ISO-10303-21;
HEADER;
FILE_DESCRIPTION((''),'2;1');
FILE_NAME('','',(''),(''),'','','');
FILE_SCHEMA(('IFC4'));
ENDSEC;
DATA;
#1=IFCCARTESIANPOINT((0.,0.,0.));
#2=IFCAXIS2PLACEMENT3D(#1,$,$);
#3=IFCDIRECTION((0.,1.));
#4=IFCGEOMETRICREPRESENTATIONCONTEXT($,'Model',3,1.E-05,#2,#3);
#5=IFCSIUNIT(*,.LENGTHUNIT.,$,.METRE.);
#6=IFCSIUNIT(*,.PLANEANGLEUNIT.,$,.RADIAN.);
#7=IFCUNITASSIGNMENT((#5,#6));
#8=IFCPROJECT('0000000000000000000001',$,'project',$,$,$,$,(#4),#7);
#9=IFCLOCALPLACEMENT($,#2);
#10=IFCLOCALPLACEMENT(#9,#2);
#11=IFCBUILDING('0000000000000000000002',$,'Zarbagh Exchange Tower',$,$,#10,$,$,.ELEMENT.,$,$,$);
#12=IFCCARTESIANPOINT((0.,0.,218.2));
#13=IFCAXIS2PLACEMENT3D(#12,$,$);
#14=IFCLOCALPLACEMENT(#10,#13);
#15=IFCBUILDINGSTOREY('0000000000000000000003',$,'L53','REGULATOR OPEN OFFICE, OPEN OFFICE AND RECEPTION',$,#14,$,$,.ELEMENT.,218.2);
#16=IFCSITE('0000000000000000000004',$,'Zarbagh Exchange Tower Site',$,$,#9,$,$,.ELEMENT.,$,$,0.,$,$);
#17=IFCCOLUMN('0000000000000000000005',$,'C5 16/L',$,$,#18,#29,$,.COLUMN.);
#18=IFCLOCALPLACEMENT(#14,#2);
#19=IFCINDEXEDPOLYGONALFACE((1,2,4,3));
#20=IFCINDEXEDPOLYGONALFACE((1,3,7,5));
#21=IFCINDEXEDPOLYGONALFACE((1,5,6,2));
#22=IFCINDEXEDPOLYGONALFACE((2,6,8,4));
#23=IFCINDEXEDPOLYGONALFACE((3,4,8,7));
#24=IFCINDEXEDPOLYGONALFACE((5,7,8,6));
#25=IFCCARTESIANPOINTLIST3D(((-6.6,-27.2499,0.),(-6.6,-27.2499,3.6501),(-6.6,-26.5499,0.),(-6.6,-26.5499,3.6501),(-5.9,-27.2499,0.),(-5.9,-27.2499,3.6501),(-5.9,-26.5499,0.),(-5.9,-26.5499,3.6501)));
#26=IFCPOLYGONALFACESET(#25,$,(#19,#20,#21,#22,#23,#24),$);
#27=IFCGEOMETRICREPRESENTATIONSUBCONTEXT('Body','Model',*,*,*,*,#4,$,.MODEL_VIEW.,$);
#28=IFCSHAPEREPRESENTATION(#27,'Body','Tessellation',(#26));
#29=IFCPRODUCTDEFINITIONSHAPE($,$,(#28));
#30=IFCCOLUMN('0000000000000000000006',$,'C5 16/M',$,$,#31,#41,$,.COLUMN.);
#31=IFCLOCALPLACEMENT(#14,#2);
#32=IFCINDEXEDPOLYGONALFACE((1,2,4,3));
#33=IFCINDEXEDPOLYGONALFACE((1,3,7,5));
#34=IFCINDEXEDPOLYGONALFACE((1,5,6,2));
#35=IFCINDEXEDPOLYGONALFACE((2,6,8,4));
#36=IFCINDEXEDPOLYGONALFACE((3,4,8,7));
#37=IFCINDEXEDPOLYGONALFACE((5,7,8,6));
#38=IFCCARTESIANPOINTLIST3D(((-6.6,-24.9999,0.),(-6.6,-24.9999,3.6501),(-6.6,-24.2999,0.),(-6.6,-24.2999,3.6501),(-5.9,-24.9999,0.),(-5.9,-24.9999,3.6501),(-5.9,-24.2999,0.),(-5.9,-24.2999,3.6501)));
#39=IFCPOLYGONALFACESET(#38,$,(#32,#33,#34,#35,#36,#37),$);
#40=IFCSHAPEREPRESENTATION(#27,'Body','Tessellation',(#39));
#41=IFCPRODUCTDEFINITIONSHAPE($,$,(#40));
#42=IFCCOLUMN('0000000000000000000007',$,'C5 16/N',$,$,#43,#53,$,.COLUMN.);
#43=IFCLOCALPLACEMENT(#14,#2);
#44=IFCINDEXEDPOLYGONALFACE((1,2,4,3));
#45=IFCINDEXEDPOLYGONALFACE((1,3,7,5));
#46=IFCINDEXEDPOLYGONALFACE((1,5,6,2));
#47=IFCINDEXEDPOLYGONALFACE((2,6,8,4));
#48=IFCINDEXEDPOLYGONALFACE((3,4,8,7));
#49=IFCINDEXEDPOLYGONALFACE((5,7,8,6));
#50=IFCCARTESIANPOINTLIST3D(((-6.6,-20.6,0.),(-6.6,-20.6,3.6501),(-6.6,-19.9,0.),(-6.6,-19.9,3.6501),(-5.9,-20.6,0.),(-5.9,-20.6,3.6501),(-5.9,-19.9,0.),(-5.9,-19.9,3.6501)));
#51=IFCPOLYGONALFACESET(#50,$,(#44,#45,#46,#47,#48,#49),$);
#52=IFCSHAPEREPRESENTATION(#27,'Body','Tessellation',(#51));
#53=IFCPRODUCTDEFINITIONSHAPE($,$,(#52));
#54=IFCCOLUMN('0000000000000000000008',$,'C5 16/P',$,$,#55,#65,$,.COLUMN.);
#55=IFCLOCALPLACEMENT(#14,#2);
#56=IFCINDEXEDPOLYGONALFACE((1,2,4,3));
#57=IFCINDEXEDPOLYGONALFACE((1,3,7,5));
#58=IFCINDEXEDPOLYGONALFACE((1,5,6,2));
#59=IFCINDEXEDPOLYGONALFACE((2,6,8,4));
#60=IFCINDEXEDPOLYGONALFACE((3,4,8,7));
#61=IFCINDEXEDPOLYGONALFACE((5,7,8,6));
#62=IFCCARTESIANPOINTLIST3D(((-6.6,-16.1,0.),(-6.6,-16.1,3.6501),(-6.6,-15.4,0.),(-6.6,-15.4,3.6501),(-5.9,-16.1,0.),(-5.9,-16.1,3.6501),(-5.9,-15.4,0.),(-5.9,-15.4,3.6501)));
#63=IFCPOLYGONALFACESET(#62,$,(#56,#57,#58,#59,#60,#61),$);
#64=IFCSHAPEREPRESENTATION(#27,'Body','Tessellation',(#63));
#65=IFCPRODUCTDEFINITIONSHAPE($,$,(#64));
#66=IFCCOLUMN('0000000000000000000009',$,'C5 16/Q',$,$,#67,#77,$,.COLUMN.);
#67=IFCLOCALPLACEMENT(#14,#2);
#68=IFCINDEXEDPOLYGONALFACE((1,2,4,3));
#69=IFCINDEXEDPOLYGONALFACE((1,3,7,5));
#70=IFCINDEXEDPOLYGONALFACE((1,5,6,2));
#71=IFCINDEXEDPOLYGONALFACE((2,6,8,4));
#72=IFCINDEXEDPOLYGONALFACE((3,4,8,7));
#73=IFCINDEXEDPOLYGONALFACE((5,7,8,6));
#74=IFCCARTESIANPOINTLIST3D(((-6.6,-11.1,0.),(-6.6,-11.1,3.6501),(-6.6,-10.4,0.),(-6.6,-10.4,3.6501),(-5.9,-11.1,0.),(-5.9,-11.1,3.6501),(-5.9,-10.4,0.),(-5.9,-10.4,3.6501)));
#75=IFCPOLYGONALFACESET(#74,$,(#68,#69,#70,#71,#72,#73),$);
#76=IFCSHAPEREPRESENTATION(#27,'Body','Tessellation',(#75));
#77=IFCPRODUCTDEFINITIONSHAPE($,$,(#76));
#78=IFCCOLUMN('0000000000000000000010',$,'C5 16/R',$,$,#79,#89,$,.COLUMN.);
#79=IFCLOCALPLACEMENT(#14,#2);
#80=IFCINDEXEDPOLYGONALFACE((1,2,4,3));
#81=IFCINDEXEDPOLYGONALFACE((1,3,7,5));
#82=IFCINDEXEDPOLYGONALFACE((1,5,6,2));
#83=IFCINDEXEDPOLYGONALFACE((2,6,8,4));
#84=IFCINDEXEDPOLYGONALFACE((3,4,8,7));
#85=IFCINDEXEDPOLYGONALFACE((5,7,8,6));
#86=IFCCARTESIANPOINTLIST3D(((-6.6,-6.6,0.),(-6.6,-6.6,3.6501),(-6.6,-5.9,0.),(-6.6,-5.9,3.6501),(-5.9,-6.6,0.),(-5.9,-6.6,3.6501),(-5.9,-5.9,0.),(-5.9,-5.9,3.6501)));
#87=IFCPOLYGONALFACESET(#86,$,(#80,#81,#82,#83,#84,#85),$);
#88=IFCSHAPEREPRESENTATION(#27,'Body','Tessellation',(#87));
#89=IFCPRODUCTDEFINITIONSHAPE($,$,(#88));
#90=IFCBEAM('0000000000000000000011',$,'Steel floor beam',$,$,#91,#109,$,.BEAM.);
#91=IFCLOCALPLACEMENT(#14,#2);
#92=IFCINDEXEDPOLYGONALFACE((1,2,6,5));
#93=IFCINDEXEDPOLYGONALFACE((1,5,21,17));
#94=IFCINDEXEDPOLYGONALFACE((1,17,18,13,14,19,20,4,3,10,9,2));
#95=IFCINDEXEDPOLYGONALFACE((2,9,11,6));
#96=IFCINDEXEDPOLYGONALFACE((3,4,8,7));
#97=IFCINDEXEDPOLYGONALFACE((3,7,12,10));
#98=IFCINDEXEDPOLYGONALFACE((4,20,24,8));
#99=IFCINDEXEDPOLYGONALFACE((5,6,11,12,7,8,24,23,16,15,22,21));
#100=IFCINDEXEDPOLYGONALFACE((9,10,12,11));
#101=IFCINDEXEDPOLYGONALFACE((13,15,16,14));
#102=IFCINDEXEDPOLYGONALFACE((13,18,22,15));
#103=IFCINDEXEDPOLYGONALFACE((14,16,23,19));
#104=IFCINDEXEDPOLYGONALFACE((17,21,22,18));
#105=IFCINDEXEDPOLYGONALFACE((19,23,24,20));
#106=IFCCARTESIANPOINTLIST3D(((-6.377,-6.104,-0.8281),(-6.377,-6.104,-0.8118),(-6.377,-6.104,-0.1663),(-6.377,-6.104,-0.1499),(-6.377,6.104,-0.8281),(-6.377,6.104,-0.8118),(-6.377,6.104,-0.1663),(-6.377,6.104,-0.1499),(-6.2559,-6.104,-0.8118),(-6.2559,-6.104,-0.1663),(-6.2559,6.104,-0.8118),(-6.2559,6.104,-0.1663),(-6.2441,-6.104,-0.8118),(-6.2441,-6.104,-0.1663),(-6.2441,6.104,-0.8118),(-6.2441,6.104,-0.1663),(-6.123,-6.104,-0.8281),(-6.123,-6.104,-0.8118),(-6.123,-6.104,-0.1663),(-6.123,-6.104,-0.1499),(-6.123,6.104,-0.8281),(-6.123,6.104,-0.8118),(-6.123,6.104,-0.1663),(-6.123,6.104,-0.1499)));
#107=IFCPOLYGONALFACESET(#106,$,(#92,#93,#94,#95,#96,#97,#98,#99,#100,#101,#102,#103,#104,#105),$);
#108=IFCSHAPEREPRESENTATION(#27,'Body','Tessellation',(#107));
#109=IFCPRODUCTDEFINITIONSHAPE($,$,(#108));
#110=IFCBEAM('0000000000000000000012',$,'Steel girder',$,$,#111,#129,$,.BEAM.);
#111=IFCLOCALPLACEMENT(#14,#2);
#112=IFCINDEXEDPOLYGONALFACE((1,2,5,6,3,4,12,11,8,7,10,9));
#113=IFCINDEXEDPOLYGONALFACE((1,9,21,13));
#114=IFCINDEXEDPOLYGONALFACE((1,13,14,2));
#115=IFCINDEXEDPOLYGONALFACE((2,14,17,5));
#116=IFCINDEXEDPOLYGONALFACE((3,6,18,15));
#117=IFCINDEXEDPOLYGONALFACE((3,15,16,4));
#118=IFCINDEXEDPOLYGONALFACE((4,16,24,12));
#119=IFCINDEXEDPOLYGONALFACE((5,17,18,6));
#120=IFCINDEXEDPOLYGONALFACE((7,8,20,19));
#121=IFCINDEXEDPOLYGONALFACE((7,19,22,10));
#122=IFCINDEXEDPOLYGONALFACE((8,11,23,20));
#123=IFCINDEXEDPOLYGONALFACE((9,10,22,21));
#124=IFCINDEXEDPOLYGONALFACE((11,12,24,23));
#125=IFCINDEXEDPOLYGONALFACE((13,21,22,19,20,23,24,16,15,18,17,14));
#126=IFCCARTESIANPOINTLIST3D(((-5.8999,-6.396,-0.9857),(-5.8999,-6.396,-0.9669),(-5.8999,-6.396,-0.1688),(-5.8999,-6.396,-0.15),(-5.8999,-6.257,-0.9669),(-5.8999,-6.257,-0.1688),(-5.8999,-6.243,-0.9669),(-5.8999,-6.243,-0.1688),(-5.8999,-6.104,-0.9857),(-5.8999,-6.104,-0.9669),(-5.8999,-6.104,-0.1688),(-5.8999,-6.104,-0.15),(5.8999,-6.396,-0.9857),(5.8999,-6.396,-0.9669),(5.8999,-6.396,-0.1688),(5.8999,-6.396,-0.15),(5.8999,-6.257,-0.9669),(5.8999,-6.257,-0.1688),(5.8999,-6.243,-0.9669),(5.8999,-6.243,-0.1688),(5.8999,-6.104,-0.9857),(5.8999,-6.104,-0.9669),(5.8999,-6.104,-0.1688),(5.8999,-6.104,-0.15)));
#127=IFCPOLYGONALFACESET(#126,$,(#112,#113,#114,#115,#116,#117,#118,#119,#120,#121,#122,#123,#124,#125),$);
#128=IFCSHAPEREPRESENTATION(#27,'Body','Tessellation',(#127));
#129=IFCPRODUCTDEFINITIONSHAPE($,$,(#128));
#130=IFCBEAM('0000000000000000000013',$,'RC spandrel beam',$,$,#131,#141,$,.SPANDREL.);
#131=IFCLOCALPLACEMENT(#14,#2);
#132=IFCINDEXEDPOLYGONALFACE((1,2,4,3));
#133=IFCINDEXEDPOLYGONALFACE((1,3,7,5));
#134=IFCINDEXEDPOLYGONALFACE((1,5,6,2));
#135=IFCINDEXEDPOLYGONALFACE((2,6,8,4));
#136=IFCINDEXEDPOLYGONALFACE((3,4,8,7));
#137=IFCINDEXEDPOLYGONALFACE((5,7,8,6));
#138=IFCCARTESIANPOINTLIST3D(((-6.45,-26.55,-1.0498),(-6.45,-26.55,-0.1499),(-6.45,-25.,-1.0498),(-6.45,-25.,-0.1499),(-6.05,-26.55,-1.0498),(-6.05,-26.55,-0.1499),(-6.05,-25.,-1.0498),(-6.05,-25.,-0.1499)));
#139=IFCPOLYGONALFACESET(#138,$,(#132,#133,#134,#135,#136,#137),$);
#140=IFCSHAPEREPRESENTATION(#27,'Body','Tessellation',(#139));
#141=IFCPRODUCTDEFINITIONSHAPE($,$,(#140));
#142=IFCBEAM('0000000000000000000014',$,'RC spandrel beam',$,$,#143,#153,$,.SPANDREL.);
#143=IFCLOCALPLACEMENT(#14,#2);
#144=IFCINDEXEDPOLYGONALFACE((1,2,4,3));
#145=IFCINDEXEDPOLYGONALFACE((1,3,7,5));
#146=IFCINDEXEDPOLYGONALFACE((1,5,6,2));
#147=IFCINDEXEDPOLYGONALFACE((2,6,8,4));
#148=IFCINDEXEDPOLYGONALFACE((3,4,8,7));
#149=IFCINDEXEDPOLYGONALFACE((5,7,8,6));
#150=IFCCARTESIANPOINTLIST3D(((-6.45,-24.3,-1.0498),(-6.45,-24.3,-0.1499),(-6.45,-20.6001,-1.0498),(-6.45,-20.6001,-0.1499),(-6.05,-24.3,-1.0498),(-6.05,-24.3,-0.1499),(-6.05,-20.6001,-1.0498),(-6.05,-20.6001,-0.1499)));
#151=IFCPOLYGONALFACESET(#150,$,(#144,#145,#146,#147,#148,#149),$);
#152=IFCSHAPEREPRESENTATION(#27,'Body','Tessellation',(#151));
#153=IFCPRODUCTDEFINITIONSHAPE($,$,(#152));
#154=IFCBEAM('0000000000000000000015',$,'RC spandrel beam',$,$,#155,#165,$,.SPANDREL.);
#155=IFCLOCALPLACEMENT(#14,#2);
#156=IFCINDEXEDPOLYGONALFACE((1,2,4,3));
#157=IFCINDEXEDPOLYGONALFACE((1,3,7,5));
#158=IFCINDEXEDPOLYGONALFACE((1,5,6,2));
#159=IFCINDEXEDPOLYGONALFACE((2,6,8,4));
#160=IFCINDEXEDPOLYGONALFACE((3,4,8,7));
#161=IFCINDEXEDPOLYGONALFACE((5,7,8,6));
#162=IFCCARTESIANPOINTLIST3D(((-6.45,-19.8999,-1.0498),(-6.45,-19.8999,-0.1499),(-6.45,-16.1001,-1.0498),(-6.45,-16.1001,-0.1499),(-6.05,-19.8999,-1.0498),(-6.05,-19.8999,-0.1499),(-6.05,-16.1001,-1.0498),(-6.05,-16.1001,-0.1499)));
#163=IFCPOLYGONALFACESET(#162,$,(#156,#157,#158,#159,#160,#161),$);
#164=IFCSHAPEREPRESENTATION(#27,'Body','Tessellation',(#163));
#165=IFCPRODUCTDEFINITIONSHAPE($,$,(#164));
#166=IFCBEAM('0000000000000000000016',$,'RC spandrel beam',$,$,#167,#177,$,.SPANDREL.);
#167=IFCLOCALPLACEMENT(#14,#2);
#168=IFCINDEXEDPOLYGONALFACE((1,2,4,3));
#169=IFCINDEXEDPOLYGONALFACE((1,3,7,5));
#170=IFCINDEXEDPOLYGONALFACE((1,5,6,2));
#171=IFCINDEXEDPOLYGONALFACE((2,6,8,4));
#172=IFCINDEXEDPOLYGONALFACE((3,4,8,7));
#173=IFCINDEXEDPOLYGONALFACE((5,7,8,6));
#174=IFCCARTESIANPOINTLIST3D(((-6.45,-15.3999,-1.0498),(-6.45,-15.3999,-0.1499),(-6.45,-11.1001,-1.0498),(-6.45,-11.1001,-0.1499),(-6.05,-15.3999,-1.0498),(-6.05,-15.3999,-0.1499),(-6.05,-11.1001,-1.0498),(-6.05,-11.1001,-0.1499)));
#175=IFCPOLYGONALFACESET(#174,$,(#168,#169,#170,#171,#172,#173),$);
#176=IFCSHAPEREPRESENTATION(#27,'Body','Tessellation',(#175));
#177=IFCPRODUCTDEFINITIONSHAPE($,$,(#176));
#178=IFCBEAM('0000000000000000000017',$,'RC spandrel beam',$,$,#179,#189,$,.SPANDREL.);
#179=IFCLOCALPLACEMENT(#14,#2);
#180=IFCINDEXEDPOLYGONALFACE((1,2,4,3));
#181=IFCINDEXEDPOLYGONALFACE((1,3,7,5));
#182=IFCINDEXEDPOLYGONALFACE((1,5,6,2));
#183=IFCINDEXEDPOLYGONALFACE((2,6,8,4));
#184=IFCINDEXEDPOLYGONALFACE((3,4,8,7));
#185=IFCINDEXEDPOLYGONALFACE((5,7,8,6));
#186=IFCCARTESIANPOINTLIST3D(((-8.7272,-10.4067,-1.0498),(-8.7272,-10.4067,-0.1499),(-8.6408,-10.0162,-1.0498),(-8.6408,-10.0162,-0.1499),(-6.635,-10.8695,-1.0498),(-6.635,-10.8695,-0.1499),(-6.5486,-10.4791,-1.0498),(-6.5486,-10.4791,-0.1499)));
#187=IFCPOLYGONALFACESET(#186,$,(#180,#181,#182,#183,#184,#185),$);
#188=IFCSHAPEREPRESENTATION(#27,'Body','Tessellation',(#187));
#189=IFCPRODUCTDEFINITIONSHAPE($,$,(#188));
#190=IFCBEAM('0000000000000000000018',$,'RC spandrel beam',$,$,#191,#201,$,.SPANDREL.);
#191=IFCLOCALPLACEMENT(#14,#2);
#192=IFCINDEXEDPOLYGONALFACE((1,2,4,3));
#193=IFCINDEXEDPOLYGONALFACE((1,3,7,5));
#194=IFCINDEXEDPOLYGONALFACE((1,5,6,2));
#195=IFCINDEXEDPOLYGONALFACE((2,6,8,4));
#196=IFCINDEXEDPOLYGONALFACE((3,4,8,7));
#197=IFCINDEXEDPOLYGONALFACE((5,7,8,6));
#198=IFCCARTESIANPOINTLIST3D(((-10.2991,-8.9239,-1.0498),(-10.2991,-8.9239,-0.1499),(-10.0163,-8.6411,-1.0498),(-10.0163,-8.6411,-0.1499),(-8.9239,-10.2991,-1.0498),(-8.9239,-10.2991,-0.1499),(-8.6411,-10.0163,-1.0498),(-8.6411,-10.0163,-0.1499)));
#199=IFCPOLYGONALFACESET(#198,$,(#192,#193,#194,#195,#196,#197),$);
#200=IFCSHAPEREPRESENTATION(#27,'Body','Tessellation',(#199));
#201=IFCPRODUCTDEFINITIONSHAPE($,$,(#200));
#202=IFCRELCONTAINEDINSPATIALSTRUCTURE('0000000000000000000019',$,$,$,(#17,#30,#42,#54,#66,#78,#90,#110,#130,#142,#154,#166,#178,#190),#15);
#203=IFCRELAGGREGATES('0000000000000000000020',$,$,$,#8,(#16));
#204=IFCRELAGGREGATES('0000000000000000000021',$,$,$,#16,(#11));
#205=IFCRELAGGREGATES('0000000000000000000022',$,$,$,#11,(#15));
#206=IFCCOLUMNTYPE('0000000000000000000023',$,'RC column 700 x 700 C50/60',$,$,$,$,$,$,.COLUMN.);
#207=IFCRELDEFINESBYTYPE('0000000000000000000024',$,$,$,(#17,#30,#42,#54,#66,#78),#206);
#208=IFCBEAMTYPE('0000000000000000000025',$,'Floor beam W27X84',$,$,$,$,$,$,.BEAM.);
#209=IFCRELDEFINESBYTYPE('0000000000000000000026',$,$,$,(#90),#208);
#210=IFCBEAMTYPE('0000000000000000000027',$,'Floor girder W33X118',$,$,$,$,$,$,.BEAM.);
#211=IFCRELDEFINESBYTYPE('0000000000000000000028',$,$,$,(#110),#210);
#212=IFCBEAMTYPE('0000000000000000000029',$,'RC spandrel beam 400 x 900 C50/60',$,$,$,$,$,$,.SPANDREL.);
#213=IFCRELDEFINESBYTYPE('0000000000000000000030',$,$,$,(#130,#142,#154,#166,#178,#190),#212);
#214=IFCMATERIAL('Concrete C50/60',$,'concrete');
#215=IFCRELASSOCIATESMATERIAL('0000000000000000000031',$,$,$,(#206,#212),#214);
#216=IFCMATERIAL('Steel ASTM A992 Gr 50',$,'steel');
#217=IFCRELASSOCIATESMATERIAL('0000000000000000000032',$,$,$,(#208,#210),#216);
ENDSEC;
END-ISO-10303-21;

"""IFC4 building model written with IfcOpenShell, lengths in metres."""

from ifc_helpers import new_model, si_unit, direction, frame, origin, origin_2d, place, context, subcontext, project, spatial, rectangle, i_section, extrude, material, material_profile, profile_set, type_object, element, save


model = new_model("IFC4")

# Units and contexts
model_context = context("Model", 3, precision=1e-05, world=origin(), true_north=direction((0.0, 1.0)))
body_context = subcontext(model_context, "Body", "Model", "MODEL_VIEW")
ifc_project = project(units=[si_unit("LENGTHUNIT", "METRE"), si_unit("PLANEANGLEUNIT", "RADIAN")], contexts=[model_context])

# Site, building, storey
site_placement = place(None, origin())
site = spatial("IfcSite", under=ifc_project, at=site_placement, Name="Zarbagh Exchange Tower Site", CompositionType="ELEMENT", RefElevation=0.0)
building_placement = place(site_placement, origin())
building = spatial("IfcBuilding", under=site, at=building_placement, Name="Zarbagh Exchange Tower", CompositionType="ELEMENT")
storey_placement = place(building_placement, frame((0.0, 0.0, 218.2)))
storey = spatial("IfcBuildingStorey", under=building, at=storey_placement, Name="L53", Description="REGULATOR OPEN OFFICE, OPEN OFFICE AND RECEPTION", CompositionType="ELEMENT", Elevation=218.2)

# Columns
ifc_material_1 = material(Name="Concrete C50/60", Category="concrete")
ifc_material_profile_1 = material_profile(ifc_material_1, rectangle(XDim=0.7, YDim=0.7, at=origin_2d()), Name="RC column 700 x 700 C50/60")
ifc_profile_set_1 = profile_set([ifc_material_profile_1], Name="Concrete C50/60")
column_type = type_object("IfcColumnType", Name="RC column 700 x 700 C50/60", PredefinedType="COLUMN", material=ifc_profile_set_1)
for number, where, z_axis, x_axis, name in (
    (1, (-6.25, -26.8999, 0.0), (0.0, 0.0, 1.0), (1.0, 0.0, 0.0), "C5 16/L"),
    (2, (-6.25, -24.6499, 0.0), (0.0, 0.0, 1.0), (1.0, 0.0, 0.0), "C5 16/M"),
    (3, (-6.25, -20.25, 0.0), (0.0, 0.0, 1.0), (1.0, 0.0, 0.0), "C5 16/N"),
    (4, (-6.25, -15.75, 0.0), (0.0, 0.0, 1.0), (1.0, 0.0, 0.0), "C5 16/P"),
    (5, (-6.25, -10.75, 0.0), (0.0, 0.0, 1.0), (1.0, 0.0, 0.0), "C5 16/Q"),
    (6, (-6.25, -6.25, 0.0), (0.0, 0.0, 1.0), (1.0, 0.0, 0.0), "C5 16/R"),
):
    element("IfcColumn", number, at=place(storey_placement, frame(where, z_axis=z_axis, x_axis=x_axis)), inside=storey, type_object=column_type, Name=name, PredefinedType="COLUMN", context=body_context, shape_type="SweptSolid", body=[
        extrude(rectangle(XDim=0.7, YDim=0.7, at=origin_2d()), origin(), (0.0, 0.0, 1.0), 3.6501),
    ])

# Beams
ifc_material_2 = material(Name="Steel ASTM A992 Gr 50", Category="steel")
ifc_material_profile_2 = material_profile(ifc_material_2, i_section(OverallWidth=0.2539, OverallDepth=0.6782, WebThickness=0.0117, FlangeThickness=0.0164, at=origin_2d()), Name="W27X84")
ifc_profile_set_2 = profile_set([ifc_material_profile_2], Name="Steel ASTM A992 Gr 50")
beam_type_1 = type_object("IfcBeamType", Name="Floor beam W27X84", PredefinedType="BEAM", material=ifc_profile_set_2)
beam_1_placement = place(storey_placement, frame((-6.25, -6.104, -0.489), z_axis=(0.0, 1.0, 0.0), x_axis=(-1.0, 0.0, 0.0)))
element("IfcBeam", 7, at=beam_1_placement, inside=storey, type_object=beam_type_1, Name="Steel floor beam", PredefinedType="BEAM", context=body_context, shape_type="SweptSolid", body=[
    extrude(i_section(OverallWidth=0.2539, OverallDepth=0.6782, WebThickness=0.0117, FlangeThickness=0.0164, at=origin_2d()), origin(), (0.0, 0.0, 1.0), 12.208),
])
ifc_material_profile_3 = material_profile(ifc_material_2, i_section(OverallWidth=0.292, OverallDepth=0.8357, WebThickness=0.0139, FlangeThickness=0.0188, at=origin_2d()), Name="W33X118")
ifc_profile_set_3 = profile_set([ifc_material_profile_3], Name="Steel ASTM A992 Gr 50")
beam_type_2 = type_object("IfcBeamType", Name="Floor girder W33X118", PredefinedType="BEAM", material=ifc_profile_set_3)
beam_2_placement = place(storey_placement, frame((-5.8999, -6.25, -0.5679), z_axis=(1.0, 0.0, 0.0), x_axis=(0.0, 1.0, 0.0)))
element("IfcBeam", 8, at=beam_2_placement, inside=storey, type_object=beam_type_2, Name="Steel girder", PredefinedType="BEAM", context=body_context, shape_type="SweptSolid", body=[
    extrude(i_section(OverallWidth=0.292, OverallDepth=0.8357, WebThickness=0.0139, FlangeThickness=0.0188, at=origin_2d()), origin(), (0.0, 0.0, 1.0), 11.7998),
])
ifc_material_profile_4 = material_profile(ifc_material_1, rectangle(XDim=0.3999, YDim=0.8999, at=origin_2d()), Name="RC spandrel beam 400 x 900 C50/60")
ifc_profile_set_4 = profile_set([ifc_material_profile_4], Name="Concrete C50/60")
beam_type_3 = type_object("IfcBeamType", Name="RC spandrel beam 400 x 900 C50/60", PredefinedType="SPANDREL", material=ifc_profile_set_4)
beam_3_placement = place(storey_placement, frame((-6.25, -26.55, -0.5999), z_axis=(0.0, 1.0, 0.0), x_axis=(-1.0, 0.0, 0.0)))
element("IfcBeam", 9, at=beam_3_placement, inside=storey, type_object=beam_type_3, Name="RC spandrel beam", PredefinedType="SPANDREL", context=body_context, shape_type="SweptSolid", body=[
    extrude(rectangle(XDim=0.3999, YDim=0.8999, at=origin_2d()), origin(), (0.0, 0.0, 1.0), 1.55),
])
beam_4_placement = place(storey_placement, frame((-6.25, -24.3, -0.5999), z_axis=(0.0, 1.0, 0.0), x_axis=(-1.0, 0.0, 0.0)))
element("IfcBeam", 10, at=beam_4_placement, inside=storey, type_object=beam_type_3, Name="RC spandrel beam", PredefinedType="SPANDREL", context=body_context, shape_type="SweptSolid", body=[
    extrude(rectangle(XDim=0.3999, YDim=0.8999, at=origin_2d()), origin(), (0.0, 0.0, 1.0), 3.7),
])
beam_5_placement = place(storey_placement, frame((-6.25, -19.8999, -0.5999), z_axis=(0.0, 1.0, 0.0), x_axis=(-1.0, 0.0, 0.0)))
element("IfcBeam", 11, at=beam_5_placement, inside=storey, type_object=beam_type_3, Name="RC spandrel beam", PredefinedType="SPANDREL", context=body_context, shape_type="SweptSolid", body=[
    extrude(rectangle(XDim=0.3999, YDim=0.8999, at=origin_2d()), origin(), (0.0, 0.0, 1.0), 3.7998),
])
beam_6_placement = place(storey_placement, frame((-6.25, -15.3999, -0.5999), z_axis=(0.0, 1.0, 0.0), x_axis=(-1.0, 0.0, 0.0)))
element("IfcBeam", 12, at=beam_6_placement, inside=storey, type_object=beam_type_3, Name="RC spandrel beam", PredefinedType="SPANDREL", context=body_context, shape_type="SweptSolid", body=[
    extrude(rectangle(XDim=0.3999, YDim=0.8999, at=origin_2d()), origin(), (0.0, 0.0, 1.0), 4.2998),
])
beam_7_placement = place(storey_placement, frame((-6.5918, -10.6743, -0.5999), z_axis=(-0.97639, 0.216014, 0.0), x_axis=(-0.216014, -0.97639, 0.0)))
element("IfcBeam", 13, at=beam_7_placement, inside=storey, type_object=beam_type_3, Name="RC spandrel beam", PredefinedType="SPANDREL", context=body_context, shape_type="SweptSolid", body=[
    extrude(rectangle(XDim=0.3999, YDim=0.8999, at=origin_2d()), origin(), (0.0, 0.0, 1.0), 2.1428),
])
beam_8_placement = place(storey_placement, frame((-8.7825, -10.1577, -0.5999), z_axis=(-0.707107, 0.707107, 0.0), x_axis=(-0.707107, -0.707107, 0.0)))
element("IfcBeam", 14, at=beam_8_placement, inside=storey, type_object=beam_type_3, Name="RC spandrel beam", PredefinedType="SPANDREL", context=body_context, shape_type="SweptSolid", body=[
    extrude(rectangle(XDim=0.3999, YDim=0.8999, at=origin_2d()), origin(), (0.0, 0.0, 1.0), 1.9448),
])

save(model, "model.ifc")
